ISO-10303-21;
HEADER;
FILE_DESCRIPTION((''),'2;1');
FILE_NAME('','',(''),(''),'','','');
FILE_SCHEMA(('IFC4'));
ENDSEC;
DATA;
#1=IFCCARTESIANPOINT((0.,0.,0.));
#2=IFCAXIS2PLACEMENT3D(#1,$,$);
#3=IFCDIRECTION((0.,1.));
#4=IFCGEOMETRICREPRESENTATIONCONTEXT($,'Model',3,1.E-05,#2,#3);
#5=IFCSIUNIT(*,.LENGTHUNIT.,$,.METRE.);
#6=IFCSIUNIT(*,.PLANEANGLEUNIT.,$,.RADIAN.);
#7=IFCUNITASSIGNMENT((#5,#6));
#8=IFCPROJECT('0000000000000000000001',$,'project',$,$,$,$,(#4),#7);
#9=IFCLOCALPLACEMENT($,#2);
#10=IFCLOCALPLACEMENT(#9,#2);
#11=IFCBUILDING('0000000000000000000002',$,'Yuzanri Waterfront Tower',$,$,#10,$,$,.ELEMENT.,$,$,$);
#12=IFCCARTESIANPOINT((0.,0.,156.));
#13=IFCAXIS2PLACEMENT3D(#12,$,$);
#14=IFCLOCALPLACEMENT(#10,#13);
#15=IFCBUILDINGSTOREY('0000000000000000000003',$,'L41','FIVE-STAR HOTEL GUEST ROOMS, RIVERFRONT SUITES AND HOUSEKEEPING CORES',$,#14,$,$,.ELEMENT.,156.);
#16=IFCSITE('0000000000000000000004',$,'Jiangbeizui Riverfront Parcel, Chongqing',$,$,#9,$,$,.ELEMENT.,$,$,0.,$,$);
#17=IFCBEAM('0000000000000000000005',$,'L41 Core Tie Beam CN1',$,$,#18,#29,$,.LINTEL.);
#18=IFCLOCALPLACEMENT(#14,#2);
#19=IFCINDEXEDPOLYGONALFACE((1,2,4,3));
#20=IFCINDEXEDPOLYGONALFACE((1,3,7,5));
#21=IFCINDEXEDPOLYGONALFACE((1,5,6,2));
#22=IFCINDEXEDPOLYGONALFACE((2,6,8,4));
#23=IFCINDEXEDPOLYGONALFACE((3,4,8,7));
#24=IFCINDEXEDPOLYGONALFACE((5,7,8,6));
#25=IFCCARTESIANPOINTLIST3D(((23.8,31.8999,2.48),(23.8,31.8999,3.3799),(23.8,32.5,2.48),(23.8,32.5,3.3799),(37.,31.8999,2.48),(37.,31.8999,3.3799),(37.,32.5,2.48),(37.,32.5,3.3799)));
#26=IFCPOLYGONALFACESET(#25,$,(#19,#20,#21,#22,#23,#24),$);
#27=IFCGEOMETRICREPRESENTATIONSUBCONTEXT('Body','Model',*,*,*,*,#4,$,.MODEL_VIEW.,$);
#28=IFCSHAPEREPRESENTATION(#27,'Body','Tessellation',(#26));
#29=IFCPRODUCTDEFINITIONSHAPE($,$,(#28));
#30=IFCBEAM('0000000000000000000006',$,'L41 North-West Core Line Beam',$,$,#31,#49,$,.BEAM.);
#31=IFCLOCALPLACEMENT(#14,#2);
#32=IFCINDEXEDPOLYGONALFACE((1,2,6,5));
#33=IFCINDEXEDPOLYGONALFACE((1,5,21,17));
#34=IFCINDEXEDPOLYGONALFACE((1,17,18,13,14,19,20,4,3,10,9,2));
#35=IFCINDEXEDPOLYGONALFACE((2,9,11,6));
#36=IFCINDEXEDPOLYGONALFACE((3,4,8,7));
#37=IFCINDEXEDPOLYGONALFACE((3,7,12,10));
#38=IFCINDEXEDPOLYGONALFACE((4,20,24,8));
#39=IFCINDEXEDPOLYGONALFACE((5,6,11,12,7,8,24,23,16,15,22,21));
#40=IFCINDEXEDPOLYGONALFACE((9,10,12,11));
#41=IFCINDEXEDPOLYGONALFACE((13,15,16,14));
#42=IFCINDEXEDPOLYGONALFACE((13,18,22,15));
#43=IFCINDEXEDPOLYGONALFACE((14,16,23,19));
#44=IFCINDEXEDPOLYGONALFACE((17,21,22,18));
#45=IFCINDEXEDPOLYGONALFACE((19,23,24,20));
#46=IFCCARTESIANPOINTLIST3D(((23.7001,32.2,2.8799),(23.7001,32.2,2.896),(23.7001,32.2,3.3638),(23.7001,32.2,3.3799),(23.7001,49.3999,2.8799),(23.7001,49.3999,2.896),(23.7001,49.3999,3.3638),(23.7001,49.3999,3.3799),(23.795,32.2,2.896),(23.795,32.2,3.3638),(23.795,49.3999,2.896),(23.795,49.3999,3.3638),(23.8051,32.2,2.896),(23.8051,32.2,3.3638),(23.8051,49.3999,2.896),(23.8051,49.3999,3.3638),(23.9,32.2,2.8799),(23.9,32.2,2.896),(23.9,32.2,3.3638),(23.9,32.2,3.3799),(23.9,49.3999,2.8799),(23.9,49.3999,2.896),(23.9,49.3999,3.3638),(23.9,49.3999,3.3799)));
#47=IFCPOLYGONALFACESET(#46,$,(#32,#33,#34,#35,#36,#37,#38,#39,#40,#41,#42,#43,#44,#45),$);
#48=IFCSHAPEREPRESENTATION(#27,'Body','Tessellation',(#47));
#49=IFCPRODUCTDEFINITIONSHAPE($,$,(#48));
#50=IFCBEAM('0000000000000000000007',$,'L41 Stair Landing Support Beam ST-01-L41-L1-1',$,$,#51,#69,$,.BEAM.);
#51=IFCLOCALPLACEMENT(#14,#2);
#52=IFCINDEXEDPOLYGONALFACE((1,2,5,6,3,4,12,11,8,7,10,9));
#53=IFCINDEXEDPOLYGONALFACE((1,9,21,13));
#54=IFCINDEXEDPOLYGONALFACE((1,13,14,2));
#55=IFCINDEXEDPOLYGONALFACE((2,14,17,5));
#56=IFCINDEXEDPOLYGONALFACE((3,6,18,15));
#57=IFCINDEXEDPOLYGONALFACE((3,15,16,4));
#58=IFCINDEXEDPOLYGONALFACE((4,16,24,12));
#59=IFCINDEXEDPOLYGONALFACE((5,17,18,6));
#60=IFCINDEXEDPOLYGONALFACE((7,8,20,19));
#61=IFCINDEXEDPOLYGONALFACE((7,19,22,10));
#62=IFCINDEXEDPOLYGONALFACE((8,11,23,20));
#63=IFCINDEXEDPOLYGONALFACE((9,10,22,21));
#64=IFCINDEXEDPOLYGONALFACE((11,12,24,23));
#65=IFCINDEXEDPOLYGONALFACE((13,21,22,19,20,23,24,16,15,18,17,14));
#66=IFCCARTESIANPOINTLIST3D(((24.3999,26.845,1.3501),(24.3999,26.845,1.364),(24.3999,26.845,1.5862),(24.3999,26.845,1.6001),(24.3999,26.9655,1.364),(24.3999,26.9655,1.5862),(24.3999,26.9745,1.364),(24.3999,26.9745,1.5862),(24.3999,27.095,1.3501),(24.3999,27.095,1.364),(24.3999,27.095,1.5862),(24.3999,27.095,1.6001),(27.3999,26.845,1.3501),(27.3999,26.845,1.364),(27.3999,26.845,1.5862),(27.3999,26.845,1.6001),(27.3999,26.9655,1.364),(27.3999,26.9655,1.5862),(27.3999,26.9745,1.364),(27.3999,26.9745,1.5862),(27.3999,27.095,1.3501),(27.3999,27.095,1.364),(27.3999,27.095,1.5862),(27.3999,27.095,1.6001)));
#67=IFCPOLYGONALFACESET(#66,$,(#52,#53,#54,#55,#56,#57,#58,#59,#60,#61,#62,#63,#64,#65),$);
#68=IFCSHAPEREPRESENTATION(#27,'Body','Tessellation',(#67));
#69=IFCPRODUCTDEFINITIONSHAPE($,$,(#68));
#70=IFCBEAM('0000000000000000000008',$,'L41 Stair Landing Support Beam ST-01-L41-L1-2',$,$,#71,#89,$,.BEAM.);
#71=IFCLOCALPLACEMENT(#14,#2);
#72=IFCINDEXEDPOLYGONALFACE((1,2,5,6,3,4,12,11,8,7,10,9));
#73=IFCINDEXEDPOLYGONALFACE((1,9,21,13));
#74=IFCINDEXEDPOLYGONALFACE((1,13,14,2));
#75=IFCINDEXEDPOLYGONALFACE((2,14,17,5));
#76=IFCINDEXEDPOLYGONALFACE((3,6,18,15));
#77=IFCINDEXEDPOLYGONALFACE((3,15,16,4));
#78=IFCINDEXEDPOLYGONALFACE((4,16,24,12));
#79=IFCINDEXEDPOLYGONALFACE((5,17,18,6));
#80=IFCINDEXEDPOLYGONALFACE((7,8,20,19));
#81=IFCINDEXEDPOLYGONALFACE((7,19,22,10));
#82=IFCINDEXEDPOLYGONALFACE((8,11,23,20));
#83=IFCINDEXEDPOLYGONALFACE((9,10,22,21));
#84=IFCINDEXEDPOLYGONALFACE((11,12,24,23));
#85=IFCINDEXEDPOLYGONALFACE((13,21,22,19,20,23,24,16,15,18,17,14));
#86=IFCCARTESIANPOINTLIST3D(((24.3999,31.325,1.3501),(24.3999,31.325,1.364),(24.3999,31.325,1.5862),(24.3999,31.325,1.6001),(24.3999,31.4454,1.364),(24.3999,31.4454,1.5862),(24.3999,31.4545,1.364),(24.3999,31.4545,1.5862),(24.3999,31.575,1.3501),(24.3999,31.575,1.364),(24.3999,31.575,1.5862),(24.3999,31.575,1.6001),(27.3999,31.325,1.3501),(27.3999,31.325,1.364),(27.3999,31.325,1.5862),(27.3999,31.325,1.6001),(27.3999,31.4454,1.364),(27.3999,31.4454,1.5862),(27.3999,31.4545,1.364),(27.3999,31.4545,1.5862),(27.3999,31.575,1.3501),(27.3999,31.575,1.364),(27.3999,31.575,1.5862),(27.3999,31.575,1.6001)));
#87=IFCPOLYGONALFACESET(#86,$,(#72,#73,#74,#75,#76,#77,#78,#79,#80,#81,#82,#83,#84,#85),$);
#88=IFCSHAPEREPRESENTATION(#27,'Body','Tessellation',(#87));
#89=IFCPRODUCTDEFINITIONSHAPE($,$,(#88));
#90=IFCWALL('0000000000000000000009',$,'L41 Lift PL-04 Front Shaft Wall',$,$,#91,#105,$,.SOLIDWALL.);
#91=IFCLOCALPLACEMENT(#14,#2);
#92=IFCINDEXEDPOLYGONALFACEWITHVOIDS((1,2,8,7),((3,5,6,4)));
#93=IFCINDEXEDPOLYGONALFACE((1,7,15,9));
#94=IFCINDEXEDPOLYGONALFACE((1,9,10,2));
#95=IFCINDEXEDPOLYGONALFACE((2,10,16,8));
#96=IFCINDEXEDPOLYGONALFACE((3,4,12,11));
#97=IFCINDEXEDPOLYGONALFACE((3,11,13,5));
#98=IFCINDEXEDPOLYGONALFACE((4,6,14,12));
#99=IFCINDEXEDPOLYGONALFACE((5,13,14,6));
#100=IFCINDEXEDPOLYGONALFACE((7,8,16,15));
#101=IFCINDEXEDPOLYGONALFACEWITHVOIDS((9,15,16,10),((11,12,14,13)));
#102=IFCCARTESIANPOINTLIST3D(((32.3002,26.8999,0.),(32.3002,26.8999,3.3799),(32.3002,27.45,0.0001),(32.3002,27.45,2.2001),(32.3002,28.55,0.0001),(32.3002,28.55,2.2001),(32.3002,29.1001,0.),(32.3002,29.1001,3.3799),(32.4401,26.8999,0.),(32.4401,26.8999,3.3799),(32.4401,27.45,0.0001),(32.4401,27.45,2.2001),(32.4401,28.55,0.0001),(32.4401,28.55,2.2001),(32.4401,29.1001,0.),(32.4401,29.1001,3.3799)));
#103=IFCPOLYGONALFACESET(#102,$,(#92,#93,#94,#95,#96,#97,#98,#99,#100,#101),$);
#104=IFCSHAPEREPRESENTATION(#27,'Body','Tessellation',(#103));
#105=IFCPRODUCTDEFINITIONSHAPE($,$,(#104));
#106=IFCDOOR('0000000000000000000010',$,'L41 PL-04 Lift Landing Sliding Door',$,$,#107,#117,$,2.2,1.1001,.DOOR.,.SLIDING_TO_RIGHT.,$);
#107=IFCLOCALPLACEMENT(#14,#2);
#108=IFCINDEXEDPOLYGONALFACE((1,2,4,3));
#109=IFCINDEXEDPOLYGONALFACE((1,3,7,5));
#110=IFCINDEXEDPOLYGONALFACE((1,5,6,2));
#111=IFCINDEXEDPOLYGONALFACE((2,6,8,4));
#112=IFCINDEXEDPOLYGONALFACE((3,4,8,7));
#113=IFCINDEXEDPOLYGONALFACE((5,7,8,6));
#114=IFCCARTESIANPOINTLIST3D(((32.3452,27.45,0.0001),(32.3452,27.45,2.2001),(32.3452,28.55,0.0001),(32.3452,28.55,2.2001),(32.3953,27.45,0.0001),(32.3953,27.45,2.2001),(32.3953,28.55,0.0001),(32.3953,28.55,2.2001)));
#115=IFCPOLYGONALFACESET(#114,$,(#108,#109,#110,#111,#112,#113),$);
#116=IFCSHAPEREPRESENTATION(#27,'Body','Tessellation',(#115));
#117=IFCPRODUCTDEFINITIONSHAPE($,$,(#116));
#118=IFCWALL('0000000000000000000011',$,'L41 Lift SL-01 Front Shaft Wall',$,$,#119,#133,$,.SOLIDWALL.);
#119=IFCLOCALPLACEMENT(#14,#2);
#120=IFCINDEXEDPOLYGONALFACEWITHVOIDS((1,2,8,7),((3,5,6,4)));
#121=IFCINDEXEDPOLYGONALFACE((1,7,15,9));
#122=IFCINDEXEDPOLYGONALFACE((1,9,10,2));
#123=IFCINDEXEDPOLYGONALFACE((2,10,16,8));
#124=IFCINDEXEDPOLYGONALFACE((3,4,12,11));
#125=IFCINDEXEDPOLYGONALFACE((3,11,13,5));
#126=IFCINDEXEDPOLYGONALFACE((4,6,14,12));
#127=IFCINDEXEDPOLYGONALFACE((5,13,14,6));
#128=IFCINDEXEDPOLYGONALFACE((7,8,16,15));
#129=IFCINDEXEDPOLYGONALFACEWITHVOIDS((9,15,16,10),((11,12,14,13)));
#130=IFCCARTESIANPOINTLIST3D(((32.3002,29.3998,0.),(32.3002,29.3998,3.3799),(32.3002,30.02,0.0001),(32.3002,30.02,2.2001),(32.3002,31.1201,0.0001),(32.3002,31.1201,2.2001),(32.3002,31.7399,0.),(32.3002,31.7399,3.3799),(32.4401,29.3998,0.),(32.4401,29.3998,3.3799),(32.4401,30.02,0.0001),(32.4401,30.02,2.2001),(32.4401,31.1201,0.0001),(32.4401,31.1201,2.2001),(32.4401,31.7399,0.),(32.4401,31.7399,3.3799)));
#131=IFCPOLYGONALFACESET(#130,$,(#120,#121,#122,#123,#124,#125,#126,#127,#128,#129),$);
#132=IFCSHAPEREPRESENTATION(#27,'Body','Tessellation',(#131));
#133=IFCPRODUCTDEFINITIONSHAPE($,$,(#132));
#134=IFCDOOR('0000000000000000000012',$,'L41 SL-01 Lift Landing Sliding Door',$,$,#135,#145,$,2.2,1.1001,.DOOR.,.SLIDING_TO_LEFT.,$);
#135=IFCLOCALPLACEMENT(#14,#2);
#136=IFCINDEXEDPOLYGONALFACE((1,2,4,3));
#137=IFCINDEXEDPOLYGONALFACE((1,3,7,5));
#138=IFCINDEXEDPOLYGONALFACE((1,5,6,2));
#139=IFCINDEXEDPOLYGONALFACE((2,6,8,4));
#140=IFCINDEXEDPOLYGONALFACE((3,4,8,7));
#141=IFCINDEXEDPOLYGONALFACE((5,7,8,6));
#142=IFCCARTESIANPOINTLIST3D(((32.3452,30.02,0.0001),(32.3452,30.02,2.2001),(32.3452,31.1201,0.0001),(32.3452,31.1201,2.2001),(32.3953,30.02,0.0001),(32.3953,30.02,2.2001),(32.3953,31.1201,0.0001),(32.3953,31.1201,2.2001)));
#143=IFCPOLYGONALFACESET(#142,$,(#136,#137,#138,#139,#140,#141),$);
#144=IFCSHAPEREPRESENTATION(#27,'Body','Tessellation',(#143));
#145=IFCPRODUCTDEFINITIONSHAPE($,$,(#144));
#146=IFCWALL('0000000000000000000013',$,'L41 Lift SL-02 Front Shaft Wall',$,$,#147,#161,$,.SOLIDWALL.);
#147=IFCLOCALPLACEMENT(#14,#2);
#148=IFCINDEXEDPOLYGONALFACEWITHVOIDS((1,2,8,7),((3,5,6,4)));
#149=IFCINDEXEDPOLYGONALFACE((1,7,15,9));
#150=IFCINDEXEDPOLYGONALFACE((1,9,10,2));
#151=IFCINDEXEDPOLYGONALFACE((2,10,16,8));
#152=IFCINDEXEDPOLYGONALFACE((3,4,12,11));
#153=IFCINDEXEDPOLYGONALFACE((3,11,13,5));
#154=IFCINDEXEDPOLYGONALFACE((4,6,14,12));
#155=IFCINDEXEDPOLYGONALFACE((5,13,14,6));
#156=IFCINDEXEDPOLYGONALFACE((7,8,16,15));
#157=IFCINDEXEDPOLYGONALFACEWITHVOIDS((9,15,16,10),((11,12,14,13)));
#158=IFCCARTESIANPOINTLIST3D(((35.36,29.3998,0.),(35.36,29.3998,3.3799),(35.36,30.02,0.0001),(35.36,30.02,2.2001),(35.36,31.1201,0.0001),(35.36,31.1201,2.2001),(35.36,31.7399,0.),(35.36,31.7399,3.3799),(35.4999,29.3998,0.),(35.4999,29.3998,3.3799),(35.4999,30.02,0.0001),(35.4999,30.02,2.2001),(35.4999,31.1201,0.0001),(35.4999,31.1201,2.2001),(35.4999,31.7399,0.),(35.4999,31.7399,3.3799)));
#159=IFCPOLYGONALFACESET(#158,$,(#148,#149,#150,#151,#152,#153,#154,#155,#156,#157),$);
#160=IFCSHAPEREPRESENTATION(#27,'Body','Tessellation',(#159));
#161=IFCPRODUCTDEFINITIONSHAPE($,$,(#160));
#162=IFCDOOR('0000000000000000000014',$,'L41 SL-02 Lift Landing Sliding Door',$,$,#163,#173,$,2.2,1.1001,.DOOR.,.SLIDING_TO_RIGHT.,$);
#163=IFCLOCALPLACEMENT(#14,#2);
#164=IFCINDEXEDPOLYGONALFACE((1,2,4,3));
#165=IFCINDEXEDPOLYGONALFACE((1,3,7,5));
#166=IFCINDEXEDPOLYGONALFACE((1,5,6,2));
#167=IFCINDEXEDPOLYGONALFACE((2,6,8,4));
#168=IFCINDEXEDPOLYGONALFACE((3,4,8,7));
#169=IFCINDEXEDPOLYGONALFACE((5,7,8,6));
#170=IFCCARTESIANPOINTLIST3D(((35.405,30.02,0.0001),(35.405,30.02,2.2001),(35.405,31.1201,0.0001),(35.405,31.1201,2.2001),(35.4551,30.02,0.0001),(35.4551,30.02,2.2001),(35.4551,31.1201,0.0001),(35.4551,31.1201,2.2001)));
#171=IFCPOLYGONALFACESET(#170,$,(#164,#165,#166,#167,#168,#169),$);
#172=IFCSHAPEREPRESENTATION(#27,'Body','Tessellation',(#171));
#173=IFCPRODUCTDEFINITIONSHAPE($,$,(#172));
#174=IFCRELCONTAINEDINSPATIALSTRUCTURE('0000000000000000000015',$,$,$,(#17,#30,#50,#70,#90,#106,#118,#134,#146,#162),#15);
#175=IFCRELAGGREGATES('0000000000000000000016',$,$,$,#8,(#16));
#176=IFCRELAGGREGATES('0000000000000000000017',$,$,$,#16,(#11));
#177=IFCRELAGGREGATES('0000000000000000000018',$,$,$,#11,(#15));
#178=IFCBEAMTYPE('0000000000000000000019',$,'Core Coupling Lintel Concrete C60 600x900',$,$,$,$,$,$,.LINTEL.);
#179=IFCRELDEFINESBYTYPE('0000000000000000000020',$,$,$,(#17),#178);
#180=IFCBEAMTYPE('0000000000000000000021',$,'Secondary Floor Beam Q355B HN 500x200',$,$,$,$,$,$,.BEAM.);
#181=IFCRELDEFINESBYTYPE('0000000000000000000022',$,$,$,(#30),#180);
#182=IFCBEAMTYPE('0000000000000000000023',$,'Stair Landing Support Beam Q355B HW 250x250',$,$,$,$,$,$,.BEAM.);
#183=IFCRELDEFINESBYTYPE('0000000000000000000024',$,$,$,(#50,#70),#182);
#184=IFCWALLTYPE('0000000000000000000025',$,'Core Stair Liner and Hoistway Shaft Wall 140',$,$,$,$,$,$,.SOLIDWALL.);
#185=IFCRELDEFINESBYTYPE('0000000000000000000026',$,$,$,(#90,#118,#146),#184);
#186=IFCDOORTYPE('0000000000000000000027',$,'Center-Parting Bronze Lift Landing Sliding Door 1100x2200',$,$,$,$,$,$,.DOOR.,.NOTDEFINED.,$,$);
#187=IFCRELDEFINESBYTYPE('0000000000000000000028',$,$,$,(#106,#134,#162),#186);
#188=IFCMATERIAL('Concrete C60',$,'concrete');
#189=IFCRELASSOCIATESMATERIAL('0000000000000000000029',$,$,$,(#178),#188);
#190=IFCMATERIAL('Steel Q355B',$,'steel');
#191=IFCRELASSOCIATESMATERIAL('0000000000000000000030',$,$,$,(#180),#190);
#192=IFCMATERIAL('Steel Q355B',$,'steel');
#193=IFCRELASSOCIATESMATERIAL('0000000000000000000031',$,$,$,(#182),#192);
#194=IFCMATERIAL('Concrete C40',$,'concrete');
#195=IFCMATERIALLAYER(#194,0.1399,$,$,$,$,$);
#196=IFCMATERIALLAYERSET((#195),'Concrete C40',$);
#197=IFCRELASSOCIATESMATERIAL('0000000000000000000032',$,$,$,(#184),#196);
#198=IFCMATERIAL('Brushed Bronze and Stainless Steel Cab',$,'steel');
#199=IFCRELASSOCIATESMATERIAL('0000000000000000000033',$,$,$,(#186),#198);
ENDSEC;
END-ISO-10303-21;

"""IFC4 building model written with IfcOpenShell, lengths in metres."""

from ifc_helpers import new_model, si_unit, direction, frame, frame_2d, origin, origin_2d, place, context, subcontext, project, spatial, rectangle, i_section, extrude, source, transform, mapped, material, layer, layer_set, material_profile, profile_set, type_object, element, fill, save


model = new_model("IFC4")

# Units and contexts
model_context = context("Model", 3, precision=1e-05, world=origin(), true_north=direction((0.0, 1.0)))
body_context = subcontext(model_context, "Body", "Model", "MODEL_VIEW")
ifc_project = project(units=[si_unit("LENGTHUNIT", "METRE"), si_unit("PLANEANGLEUNIT", "RADIAN")], contexts=[model_context])

# Site, building, storey
site_placement = place(None, origin())
site = spatial("IfcSite", under=ifc_project, at=site_placement, Name="Jiangbeizui Riverfront Parcel, Chongqing", CompositionType="ELEMENT", RefElevation=0.0)
building_placement = place(site_placement, origin())
building = spatial("IfcBuilding", under=site, at=building_placement, Name="Yuzanri Waterfront Tower", CompositionType="ELEMENT")
storey_placement = place(building_placement, frame((0.0, 0.0, 156.0)))
storey = spatial("IfcBuildingStorey", under=building, at=storey_placement, Name="L41", Description="FIVE-STAR HOTEL GUEST ROOMS, RIVERFRONT SUITES AND HOUSEKEEPING CORES", CompositionType="ELEMENT", Elevation=156.0)

# Beams
ifc_material_1 = material(Name="Concrete C60", Category="concrete")
ifc_material_profile_1 = material_profile(ifc_material_1, rectangle(XDim=0.6001, YDim=0.8999, at=origin_2d()), Name="RC 600x900")
ifc_profile_set_1 = profile_set([ifc_material_profile_1], Name="Concrete C60")
beam_type_1 = type_object("IfcBeamType", Name="Core Coupling Lintel Concrete C60 600x900", PredefinedType="LINTEL", material=ifc_profile_set_1)
shared_shape_1 = source(origin(), body_context, "Body", "SweptSolid", [
    extrude(rectangle(XDim=0.6001, YDim=0.8999, at=origin_2d()), origin(), (0.0, 0.0, 1.0), 13.2),
])
beam_1_placement = place(storey_placement, frame((23.8, 32.2, 2.9299), z_axis=(1.0, 0.0, 0.0), x_axis=(0.0, 1.0, 0.0)))
element("IfcBeam", 1, at=beam_1_placement, inside=storey, type_object=beam_type_1, Name="L41 Core Tie Beam CN1", PredefinedType="LINTEL", context=body_context, shape_type="MappedRepresentation", body=[
    mapped(shared_shape_1, transform((0.0, 0.0, 0.0), scale=1.0)),
])
ifc_material_2 = material(Name="Steel Q355B", Category="steel")
ifc_material_profile_2 = material_profile(ifc_material_2, i_section(OverallWidth=0.2, OverallDepth=0.5, WebThickness=0.01, FlangeThickness=0.0161, at=origin_2d()), Name="HN 500x200x10x16")
ifc_profile_set_2 = profile_set([ifc_material_profile_2], Name="Steel Q355B")
beam_type_2 = type_object("IfcBeamType", Name="Secondary Floor Beam Q355B HN 500x200", PredefinedType="BEAM", material=ifc_profile_set_2)
shared_shape_2 = source(origin(), body_context, "Body", "SweptSolid", [
    extrude(i_section(OverallWidth=0.2, OverallDepth=0.5, WebThickness=0.01, FlangeThickness=0.0161, at=origin_2d()), origin(), (0.0, 0.0, 1.0), 17.2),
])
beam_2_placement = place(storey_placement, frame((23.8, 32.2, 3.1299), z_axis=(0.0, 1.0, 0.0), x_axis=(-1.0, 0.0, 0.0)))
element("IfcBeam", 2, at=beam_2_placement, inside=storey, type_object=beam_type_2, Name="L41 North-West Core Line Beam", PredefinedType="BEAM", context=body_context, shape_type="MappedRepresentation", body=[
    mapped(shared_shape_2, transform((0.0, 0.0, 0.0), scale=1.0)),
])
ifc_material_3 = material(Name="Steel Q355B", Category="steel")
ifc_material_profile_3 = material_profile(ifc_material_3, i_section(OverallWidth=0.25, OverallDepth=0.25, WebThickness=0.009, FlangeThickness=0.0139, at=origin_2d()), Name="HW 250x250x9x14")
ifc_profile_set_3 = profile_set([ifc_material_profile_3], Name="Steel Q355B")
beam_type_3 = type_object("IfcBeamType", Name="Stair Landing Support Beam Q355B HW 250x250", PredefinedType="BEAM", material=ifc_profile_set_3)
shared_shape_3 = source(origin(), body_context, "Body", "SweptSolid", [
    extrude(i_section(OverallWidth=0.25, OverallDepth=0.25, WebThickness=0.009, FlangeThickness=0.0139, at=origin_2d()), origin(), (0.0, 0.0, 1.0), 3.0),
])
for number, where, z_axis, x_axis, name in (
    (3, (24.3999, 26.97, 1.4751), (1.0, 0.0, 0.0), (0.0, 1.0, 0.0), "L41 Stair Landing Support Beam ST-01-L41-L1-1"),
    (4, (24.3999, 31.45, 1.4751), (1.0, 0.0, 0.0), (0.0, 1.0, 0.0), "L41 Stair Landing Support Beam ST-01-L41-L1-2"),
):
    element("IfcBeam", number, at=place(storey_placement, frame(where, z_axis=z_axis, x_axis=x_axis)), inside=storey, type_object=beam_type_3, Name=name, PredefinedType="BEAM", context=body_context, shape_type="MappedRepresentation", body=[
        mapped(shared_shape_3, transform((0.0, 0.0, 0.0), scale=1.0)),
    ])

# Walls, openings, doors
ifc_material_4 = material(Name="Concrete C40", Category="concrete")
ifc_layer_1 = layer(ifc_material_4, 0.1399)
ifc_layer_set_1 = layer_set([ifc_layer_1], Name="Concrete C40")
wall_type_1 = type_object("IfcWallType", Name="Core Stair Liner and Hoistway Shaft Wall 140", PredefinedType="SOLIDWALL", material=ifc_layer_set_1)
wall_1_placement = place(storey_placement, frame((32.3701, 26.8999, 0.0), z_axis=(0.0, 0.0, 1.0), x_axis=(0.0, 1.0, 0.0)))
wall_1 = element("IfcWall", 5, at=wall_1_placement, inside=storey, type_object=wall_type_1, Name="L41 Lift PL-04 Front Shaft Wall", PredefinedType="SOLIDWALL", context=body_context, shape_type="SweptSolid", body=[
    extrude(rectangle(XDim=2.2002, YDim=0.1399, at=frame_2d((1.1001, 0.0))), origin(), (0.0, 0.0, 1.0), 3.3799),
])
opening_1_placement = place(wall_1_placement, frame((0.55, 0.0, 0.0)))
opening_1 = element("IfcOpeningElement", 6, at=opening_1_placement, cuts=wall_1, PredefinedType="OPENING", context=body_context, shape_type="SweptSolid", body=[
    extrude(rectangle(XDim=1.1001, YDim=2.2, at=frame_2d((0.55, 1.1001))), frame((0.0, 0.085, 0.0), z_axis=(0.0, -1.0, 0.0), x_axis=(1.0, 0.0, 0.0)), (0.0, 0.0, 1.0), 0.1697),
])
ifc_material_5 = material(Name="Brushed Bronze and Stainless Steel Cab", Category="steel")
door_type_1 = type_object("IfcDoorType", Name="Center-Parting Bronze Lift Landing Sliding Door 1100x2200", OperationType="NOTDEFINED", PredefinedType="DOOR", material=ifc_material_5)
shared_shape_4 = source(origin(), body_context, "Body", "SweptSolid", [
    extrude(rectangle(XDim=1.1001, YDim=2.2, at=frame_2d((0.55, 1.1001))), frame((0.0, 0.0249, 0.0), z_axis=(0.0, -1.0, 0.0), x_axis=(1.0, 0.0, 0.0)), (0.0, 0.0, 1.0), 0.05),
])
door_1_placement = place(opening_1_placement, origin())
door_1 = element("IfcDoor", 7, at=door_1_placement, inside=storey, type_object=door_type_1, Name="L41 PL-04 Lift Landing Sliding Door", OperationType="SLIDING_TO_RIGHT", OverallHeight=2.2, OverallWidth=1.1001, PredefinedType="DOOR", context=body_context, shape_type="MappedRepresentation", body=[
    mapped(shared_shape_4, transform((0.0, 0.0, 0.0), scale=1.0)),
])
fill(opening_1, door_1)
wall_2_placement = place(storey_placement, frame((32.3701, 29.3999, 0.0), z_axis=(0.0, 0.0, 1.0), x_axis=(0.0, 1.0, 0.0)))
wall_2 = element("IfcWall", 8, at=wall_2_placement, inside=storey, type_object=wall_type_1, Name="L41 Lift SL-01 Front Shaft Wall", PredefinedType="SOLIDWALL", context=body_context, shape_type="SweptSolid", body=[
    extrude(rectangle(XDim=2.3401, YDim=0.1399, at=frame_2d((1.1699, 0.0))), origin(), (0.0, 0.0, 1.0), 3.3799),
])
opening_2_placement = place(wall_2_placement, frame((0.6201, 0.0, 0.0)))
opening_2 = element("IfcOpeningElement", 9, at=opening_2_placement, cuts=wall_2, PredefinedType="OPENING", context=body_context, shape_type="SweptSolid", body=[
    extrude(rectangle(XDim=1.1001, YDim=2.2, at=frame_2d((0.55, 1.1001))), frame((0.0, 0.085, 0.0), z_axis=(0.0, -1.0, 0.0), x_axis=(1.0, 0.0, 0.0)), (0.0, 0.0, 1.0), 0.1697),
])
door_2_placement = place(opening_2_placement, origin())
door_2 = element("IfcDoor", 10, at=door_2_placement, inside=storey, type_object=door_type_1, Name="L41 SL-01 Lift Landing Sliding Door", OperationType="SLIDING_TO_LEFT", OverallHeight=2.2, OverallWidth=1.1001, PredefinedType="DOOR", context=body_context, shape_type="MappedRepresentation", body=[
    mapped(shared_shape_4, transform((0.0, 0.0, 0.0), scale=1.0)),
])
fill(opening_2, door_2)
wall_3_placement = place(storey_placement, frame((35.4299, 29.3999, 0.0), z_axis=(0.0, 0.0, 1.0), x_axis=(0.0, 1.0, 0.0)))
wall_3 = element("IfcWall", 11, at=wall_3_placement, inside=storey, type_object=wall_type_1, Name="L41 Lift SL-02 Front Shaft Wall", PredefinedType="SOLIDWALL", context=body_context, shape_type="SweptSolid", body=[
    extrude(rectangle(XDim=2.3401, YDim=0.1399, at=frame_2d((1.1699, 0.0))), origin(), (0.0, 0.0, 1.0), 3.3799),
])
opening_3_placement = place(wall_3_placement, frame((0.6201, 0.0, 0.0)))
opening_3 = element("IfcOpeningElement", 12, at=opening_3_placement, cuts=wall_3, PredefinedType="OPENING", context=body_context, shape_type="SweptSolid", body=[
    extrude(rectangle(XDim=1.1001, YDim=2.2, at=frame_2d((0.55, 1.1001))), frame((0.0, 0.085, 0.0), z_axis=(0.0, -1.0, 0.0), x_axis=(1.0, 0.0, 0.0)), (0.0, 0.0, 1.0), 0.1697),
])
door_3_placement = place(opening_3_placement, origin())
door_3 = element("IfcDoor", 13, at=door_3_placement, inside=storey, type_object=door_type_1, Name="L41 SL-02 Lift Landing Sliding Door", OperationType="SLIDING_TO_RIGHT", OverallHeight=2.2, OverallWidth=1.1001, PredefinedType="DOOR", context=body_context, shape_type="MappedRepresentation", body=[
    mapped(shared_shape_4, transform((0.0, 0.0, 0.0), scale=1.0)),
])
fill(opening_3, door_3)

save(model, "model.ifc")
